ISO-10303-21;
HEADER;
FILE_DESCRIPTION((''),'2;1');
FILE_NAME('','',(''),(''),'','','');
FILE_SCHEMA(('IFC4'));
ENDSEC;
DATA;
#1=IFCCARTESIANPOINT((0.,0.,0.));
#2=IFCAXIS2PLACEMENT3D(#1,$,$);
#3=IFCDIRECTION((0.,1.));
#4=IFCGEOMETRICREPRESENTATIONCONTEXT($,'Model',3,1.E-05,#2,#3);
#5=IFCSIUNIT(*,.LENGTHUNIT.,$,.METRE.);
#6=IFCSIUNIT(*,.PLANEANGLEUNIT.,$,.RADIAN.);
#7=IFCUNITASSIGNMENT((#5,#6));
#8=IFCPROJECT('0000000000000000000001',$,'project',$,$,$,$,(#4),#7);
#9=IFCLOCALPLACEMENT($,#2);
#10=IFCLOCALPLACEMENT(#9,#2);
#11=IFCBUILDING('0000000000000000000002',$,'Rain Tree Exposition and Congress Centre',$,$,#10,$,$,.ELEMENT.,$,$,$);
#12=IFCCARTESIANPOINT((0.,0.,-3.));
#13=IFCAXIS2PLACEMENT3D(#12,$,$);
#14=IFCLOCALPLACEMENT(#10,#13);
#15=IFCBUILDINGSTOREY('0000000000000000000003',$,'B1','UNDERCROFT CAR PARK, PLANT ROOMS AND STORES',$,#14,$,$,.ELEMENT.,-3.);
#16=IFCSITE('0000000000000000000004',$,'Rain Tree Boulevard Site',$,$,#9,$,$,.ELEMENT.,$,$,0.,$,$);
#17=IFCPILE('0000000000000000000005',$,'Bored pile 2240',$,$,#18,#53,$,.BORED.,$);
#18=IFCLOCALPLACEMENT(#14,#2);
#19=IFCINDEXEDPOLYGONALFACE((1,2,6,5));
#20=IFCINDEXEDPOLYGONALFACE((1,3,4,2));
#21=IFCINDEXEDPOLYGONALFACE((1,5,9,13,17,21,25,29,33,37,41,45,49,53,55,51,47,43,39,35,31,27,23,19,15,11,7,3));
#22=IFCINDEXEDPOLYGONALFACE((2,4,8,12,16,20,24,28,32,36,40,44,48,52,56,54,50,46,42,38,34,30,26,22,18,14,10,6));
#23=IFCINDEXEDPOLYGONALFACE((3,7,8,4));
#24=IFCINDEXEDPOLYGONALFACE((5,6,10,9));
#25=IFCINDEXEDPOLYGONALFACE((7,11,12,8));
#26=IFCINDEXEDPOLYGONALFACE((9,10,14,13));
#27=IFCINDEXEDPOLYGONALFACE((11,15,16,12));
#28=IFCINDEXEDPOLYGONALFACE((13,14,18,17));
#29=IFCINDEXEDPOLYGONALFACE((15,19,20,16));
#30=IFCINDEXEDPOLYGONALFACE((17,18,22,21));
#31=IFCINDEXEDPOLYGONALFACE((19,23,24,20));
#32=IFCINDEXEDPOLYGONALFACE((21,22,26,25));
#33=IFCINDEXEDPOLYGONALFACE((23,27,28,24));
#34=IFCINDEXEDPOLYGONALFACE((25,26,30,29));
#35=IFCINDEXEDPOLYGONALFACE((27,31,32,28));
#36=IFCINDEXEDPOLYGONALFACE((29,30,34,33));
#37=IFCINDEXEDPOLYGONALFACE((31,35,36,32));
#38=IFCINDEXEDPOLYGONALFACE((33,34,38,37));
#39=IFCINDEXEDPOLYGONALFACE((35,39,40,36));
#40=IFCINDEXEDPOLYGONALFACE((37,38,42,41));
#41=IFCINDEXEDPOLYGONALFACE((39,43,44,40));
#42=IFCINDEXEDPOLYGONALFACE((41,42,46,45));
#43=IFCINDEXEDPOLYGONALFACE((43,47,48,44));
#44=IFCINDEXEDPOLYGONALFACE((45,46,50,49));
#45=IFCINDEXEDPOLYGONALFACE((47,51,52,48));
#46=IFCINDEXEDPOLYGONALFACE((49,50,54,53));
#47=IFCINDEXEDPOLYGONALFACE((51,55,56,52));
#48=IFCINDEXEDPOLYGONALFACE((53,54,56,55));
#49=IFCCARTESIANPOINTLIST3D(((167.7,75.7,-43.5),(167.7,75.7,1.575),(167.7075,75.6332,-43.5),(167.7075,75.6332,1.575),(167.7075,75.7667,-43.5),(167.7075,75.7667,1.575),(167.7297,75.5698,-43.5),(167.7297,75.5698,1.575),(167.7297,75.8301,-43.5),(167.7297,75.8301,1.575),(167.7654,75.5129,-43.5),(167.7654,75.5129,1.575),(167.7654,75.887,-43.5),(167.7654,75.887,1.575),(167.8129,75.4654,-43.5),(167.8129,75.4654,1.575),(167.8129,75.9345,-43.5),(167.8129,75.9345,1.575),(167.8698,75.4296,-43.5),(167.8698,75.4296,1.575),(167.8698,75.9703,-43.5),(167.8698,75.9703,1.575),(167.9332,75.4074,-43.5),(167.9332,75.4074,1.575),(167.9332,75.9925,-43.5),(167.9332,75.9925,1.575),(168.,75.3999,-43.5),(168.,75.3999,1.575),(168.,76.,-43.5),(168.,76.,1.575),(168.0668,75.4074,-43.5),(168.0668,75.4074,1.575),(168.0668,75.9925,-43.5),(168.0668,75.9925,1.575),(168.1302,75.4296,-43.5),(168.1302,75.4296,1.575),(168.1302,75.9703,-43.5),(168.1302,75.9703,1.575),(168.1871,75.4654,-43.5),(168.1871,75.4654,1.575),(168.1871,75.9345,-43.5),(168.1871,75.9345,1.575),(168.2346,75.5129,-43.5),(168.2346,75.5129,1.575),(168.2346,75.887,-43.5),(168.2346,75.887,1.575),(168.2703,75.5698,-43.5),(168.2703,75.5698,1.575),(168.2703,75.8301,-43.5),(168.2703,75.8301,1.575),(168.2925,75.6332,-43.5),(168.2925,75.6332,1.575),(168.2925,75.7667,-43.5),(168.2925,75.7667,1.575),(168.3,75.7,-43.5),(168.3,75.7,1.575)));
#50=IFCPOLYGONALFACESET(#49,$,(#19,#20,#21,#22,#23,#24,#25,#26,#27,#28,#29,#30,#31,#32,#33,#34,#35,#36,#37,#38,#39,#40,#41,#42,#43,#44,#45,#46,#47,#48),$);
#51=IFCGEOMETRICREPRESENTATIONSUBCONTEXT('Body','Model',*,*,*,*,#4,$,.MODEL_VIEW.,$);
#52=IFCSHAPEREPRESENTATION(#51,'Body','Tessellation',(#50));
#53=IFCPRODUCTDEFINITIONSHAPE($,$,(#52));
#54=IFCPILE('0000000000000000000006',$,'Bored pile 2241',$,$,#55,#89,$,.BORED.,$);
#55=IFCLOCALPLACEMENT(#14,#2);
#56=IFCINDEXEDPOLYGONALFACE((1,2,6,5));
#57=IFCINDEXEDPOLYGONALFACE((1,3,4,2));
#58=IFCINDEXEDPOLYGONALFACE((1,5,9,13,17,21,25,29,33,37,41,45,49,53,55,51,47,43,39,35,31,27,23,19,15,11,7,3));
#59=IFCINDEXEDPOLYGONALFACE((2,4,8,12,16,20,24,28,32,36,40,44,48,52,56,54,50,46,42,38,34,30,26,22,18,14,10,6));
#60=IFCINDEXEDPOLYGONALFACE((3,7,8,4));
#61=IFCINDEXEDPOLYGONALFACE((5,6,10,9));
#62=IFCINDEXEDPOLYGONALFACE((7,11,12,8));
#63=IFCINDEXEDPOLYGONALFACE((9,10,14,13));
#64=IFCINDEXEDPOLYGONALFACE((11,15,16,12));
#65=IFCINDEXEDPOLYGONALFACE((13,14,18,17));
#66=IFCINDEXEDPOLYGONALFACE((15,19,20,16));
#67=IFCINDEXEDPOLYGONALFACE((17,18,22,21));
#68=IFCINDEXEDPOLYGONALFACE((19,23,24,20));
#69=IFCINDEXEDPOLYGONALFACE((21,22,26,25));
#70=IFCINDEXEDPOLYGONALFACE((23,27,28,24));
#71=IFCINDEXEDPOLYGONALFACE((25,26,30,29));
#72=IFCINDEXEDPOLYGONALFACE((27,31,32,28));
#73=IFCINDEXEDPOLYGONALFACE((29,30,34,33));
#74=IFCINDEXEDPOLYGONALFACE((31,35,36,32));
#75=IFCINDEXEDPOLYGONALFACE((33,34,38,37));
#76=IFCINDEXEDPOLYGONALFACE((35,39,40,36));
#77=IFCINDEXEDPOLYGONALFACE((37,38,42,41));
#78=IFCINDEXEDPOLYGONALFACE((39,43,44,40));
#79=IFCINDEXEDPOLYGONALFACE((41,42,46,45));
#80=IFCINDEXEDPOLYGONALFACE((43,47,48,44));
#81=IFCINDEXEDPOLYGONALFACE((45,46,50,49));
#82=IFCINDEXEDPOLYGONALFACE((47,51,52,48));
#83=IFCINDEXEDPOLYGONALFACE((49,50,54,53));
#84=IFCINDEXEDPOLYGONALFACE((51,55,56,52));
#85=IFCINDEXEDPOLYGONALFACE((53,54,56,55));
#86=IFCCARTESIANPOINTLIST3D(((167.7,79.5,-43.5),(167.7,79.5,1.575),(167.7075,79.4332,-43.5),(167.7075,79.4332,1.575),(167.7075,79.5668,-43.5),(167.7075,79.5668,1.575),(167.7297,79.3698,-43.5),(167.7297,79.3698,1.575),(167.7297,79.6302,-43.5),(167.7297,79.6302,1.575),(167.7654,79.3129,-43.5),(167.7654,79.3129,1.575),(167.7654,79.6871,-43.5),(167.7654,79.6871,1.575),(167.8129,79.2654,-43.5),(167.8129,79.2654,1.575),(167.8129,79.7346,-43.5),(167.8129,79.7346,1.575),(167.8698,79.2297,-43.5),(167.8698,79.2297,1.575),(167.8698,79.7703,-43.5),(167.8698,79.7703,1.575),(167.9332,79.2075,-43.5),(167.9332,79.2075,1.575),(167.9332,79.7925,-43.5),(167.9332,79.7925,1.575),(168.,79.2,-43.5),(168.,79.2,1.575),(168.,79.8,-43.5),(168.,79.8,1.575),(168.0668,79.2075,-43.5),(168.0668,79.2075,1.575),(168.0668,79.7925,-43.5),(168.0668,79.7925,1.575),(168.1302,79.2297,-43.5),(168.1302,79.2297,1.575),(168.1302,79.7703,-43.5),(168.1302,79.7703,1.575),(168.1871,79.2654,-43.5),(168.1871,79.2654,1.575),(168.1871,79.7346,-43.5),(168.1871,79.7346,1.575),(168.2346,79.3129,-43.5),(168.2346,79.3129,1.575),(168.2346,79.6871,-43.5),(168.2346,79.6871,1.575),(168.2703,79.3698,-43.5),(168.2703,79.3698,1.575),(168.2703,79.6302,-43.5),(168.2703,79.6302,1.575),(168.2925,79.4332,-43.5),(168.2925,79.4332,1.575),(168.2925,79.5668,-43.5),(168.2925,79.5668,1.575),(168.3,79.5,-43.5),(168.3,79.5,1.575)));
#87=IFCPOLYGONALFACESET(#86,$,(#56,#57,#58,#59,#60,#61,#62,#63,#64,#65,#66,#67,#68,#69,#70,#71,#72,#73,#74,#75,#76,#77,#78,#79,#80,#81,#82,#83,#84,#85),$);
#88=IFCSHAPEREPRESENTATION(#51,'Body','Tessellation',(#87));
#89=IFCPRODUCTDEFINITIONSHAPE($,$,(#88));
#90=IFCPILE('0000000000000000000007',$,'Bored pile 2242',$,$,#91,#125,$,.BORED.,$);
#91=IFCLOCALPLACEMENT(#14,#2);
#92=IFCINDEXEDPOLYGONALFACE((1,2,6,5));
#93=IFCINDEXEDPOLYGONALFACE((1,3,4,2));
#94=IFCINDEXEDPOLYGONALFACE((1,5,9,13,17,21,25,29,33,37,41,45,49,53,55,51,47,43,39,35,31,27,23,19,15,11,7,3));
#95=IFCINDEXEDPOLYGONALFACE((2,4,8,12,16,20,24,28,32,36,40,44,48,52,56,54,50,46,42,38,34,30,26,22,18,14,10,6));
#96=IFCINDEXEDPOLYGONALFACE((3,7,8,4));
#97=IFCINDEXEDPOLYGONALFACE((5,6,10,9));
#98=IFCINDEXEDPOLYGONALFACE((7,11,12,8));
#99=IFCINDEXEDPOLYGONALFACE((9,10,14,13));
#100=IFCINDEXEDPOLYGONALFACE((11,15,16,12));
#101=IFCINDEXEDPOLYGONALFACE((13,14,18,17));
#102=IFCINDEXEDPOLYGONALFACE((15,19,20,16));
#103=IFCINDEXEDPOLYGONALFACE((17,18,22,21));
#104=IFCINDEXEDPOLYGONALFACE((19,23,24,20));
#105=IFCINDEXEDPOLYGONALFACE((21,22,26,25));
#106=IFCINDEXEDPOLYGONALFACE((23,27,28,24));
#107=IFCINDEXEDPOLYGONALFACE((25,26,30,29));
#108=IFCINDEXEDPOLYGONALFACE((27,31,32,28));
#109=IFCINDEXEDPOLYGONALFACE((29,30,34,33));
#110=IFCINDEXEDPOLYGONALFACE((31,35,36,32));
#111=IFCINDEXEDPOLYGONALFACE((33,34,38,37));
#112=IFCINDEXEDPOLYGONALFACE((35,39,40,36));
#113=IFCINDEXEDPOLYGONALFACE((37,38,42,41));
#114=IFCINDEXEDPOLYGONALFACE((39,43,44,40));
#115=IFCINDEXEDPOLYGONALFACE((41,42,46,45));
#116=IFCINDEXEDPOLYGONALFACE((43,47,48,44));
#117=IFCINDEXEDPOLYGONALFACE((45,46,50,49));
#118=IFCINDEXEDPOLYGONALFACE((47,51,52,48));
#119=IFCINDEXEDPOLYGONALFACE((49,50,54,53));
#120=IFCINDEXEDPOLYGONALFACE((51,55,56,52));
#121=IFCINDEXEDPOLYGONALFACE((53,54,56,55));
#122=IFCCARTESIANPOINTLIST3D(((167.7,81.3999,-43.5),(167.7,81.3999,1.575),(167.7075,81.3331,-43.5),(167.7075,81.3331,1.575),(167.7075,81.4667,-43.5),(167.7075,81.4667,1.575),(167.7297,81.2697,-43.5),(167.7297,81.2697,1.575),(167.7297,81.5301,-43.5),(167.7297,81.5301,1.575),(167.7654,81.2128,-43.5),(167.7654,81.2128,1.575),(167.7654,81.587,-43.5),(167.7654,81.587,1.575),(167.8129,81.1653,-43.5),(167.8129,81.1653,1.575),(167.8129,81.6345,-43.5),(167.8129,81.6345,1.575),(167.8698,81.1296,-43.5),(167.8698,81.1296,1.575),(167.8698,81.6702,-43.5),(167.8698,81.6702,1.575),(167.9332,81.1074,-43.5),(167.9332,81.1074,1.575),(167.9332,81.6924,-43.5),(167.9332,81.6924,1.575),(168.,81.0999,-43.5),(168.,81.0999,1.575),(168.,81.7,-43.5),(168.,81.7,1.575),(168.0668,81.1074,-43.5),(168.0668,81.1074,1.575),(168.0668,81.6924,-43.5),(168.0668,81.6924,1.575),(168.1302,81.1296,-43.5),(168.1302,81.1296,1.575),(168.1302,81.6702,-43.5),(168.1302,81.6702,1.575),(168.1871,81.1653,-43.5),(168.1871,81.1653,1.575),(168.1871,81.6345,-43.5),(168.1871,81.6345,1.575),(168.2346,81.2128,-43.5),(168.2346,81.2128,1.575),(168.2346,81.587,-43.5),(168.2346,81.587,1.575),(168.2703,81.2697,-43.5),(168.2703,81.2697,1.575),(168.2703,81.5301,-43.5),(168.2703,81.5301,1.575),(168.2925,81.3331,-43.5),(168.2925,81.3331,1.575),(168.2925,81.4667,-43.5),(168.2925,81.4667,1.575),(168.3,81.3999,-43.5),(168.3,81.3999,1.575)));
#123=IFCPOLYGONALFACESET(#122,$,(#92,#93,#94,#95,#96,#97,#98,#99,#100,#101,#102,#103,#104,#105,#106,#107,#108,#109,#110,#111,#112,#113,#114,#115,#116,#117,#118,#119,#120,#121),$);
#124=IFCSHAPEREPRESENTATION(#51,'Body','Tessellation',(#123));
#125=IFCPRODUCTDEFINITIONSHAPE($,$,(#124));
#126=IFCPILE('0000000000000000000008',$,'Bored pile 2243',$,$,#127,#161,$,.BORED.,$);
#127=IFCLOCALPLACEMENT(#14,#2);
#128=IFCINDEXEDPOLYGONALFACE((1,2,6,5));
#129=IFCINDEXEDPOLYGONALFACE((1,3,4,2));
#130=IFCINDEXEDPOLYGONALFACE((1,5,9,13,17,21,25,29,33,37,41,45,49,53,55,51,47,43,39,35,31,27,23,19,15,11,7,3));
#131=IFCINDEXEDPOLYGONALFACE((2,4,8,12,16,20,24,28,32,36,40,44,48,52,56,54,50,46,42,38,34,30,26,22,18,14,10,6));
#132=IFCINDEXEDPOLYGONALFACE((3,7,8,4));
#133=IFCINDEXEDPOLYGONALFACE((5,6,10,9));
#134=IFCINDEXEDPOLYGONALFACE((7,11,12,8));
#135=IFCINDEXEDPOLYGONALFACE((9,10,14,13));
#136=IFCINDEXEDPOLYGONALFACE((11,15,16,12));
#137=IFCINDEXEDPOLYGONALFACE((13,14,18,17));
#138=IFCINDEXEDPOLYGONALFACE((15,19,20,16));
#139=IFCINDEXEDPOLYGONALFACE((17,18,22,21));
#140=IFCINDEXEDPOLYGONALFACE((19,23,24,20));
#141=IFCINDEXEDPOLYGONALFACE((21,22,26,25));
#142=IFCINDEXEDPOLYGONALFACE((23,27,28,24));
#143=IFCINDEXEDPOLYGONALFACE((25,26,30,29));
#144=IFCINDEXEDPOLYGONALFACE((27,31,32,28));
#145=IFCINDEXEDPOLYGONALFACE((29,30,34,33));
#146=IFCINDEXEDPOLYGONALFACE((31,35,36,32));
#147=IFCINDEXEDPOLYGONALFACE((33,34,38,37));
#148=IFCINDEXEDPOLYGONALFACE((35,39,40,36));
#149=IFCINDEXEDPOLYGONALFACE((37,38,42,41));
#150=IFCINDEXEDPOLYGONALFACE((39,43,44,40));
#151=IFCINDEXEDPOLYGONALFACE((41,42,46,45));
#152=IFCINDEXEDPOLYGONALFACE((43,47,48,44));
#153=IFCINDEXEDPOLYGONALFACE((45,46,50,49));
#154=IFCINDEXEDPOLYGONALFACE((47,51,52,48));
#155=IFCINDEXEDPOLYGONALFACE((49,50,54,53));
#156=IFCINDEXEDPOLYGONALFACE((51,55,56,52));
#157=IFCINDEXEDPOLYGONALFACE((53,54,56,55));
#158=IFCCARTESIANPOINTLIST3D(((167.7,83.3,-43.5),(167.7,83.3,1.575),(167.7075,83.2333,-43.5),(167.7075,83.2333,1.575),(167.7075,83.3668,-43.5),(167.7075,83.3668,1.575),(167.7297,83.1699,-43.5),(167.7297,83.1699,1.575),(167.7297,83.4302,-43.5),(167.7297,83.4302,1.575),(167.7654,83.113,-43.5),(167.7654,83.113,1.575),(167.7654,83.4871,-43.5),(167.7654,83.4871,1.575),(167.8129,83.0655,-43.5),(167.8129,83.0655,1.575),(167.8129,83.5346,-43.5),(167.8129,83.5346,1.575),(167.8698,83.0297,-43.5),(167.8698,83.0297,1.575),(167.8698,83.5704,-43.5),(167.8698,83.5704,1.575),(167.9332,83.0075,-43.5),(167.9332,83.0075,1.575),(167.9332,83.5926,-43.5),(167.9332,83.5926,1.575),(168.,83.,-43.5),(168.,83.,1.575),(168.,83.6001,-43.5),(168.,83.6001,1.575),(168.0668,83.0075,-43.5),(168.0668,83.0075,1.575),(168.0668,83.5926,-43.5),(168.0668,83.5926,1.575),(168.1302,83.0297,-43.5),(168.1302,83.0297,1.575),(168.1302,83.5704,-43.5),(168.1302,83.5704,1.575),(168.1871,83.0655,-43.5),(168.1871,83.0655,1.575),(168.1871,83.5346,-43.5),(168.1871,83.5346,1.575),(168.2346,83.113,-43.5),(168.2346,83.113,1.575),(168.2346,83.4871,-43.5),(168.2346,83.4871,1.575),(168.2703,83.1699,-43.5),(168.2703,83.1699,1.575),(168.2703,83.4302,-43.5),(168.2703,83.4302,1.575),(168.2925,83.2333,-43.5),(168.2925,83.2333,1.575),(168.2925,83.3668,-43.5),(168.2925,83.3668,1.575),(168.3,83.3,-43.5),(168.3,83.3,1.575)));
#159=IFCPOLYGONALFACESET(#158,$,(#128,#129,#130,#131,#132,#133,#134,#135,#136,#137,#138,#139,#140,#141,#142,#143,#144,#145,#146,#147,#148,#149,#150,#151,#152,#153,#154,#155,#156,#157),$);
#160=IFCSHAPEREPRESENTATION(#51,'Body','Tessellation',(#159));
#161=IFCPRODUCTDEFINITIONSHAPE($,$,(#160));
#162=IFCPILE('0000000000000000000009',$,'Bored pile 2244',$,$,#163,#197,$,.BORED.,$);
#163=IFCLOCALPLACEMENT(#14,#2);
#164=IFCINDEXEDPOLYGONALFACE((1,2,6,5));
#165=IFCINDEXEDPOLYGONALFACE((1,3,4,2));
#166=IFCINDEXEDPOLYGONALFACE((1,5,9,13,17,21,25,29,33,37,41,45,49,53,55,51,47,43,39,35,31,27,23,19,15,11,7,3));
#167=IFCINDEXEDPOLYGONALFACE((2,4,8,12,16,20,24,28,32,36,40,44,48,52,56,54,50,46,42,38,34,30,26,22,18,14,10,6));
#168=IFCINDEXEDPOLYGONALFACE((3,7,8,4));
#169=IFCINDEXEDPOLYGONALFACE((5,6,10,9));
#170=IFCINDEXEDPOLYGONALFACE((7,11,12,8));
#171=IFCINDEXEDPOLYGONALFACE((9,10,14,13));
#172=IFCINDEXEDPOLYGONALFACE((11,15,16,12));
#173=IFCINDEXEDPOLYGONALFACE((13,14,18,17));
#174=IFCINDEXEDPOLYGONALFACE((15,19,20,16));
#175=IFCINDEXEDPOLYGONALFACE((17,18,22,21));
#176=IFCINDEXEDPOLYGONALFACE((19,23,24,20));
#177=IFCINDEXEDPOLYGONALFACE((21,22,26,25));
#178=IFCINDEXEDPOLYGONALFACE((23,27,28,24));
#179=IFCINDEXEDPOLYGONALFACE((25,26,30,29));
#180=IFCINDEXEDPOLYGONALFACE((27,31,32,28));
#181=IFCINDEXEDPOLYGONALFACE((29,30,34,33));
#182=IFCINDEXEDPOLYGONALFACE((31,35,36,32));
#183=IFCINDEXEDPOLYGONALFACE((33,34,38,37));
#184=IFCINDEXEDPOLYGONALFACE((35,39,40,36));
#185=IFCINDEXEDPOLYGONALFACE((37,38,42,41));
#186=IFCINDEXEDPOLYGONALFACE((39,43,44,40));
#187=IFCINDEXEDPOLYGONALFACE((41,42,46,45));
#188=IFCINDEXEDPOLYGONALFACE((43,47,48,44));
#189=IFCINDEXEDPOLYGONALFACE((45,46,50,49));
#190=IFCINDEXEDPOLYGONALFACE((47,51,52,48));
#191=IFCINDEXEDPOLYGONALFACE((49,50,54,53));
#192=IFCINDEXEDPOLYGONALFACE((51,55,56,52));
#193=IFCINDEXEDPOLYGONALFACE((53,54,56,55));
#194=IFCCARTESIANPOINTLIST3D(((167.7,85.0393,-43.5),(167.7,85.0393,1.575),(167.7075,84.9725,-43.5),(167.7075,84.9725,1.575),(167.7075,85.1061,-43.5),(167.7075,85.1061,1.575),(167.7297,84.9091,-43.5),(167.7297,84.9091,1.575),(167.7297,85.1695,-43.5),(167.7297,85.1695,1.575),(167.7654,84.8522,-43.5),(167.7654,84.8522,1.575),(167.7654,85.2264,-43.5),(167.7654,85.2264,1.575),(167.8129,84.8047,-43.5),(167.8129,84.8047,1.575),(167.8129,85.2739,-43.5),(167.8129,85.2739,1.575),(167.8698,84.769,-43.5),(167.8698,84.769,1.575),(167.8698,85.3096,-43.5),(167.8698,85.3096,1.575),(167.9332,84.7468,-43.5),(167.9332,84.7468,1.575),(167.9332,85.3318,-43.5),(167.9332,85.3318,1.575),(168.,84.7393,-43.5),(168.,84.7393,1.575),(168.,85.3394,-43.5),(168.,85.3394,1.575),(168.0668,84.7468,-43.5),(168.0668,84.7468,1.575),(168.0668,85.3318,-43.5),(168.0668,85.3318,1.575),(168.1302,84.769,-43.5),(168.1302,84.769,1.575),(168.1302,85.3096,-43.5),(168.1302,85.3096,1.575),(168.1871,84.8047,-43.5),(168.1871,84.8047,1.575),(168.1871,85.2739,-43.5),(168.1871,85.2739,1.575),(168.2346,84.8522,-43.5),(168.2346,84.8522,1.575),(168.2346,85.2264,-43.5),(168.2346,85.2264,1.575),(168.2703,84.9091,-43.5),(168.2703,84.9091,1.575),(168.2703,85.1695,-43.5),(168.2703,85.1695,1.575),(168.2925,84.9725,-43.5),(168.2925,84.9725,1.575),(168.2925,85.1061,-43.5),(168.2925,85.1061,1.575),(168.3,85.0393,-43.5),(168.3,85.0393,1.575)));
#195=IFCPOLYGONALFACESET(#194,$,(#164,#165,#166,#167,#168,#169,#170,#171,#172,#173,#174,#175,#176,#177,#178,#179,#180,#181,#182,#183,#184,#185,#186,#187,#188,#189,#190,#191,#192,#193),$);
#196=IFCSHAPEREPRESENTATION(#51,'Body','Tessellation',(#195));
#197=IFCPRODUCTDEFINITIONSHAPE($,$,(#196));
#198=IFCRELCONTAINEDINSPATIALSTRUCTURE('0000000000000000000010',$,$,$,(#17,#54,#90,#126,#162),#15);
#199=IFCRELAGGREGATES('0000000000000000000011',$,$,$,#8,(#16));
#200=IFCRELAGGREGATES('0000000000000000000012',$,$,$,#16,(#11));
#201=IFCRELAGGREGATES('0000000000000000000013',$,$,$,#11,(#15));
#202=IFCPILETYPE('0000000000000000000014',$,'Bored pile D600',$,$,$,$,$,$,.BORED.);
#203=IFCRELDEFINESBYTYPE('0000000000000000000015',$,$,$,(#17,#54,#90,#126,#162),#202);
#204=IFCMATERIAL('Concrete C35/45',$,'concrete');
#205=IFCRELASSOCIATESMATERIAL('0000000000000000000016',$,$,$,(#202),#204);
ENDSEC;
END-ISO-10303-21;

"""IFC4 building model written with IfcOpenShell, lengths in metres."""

from ifc_helpers import new_model, si_unit, direction, frame, origin, origin_2d, place, context, subcontext, project, spatial, circle, extrude, material, material_profile, profile_set, type_object, element, save


model = new_model("IFC4")

# Units and contexts
model_context = context("Model", 3, precision=1e-05, world=origin(), true_north=direction((0.0, 1.0)))
body_context = subcontext(model_context, "Body", "Model", "MODEL_VIEW")
ifc_project = project(units=[si_unit("LENGTHUNIT", "METRE"), si_unit("PLANEANGLEUNIT", "RADIAN")], contexts=[model_context])

# Site, building, storey
site_placement = place(None, origin())
site = spatial("IfcSite", under=ifc_project, at=site_placement, Name="Rain Tree Boulevard Site", CompositionType="ELEMENT", RefElevation=0.0)
building_placement = place(site_placement, origin())
building = spatial("IfcBuilding", under=site, at=building_placement, Name="Rain Tree Exposition and Congress Centre", CompositionType="ELEMENT")
storey_placement = place(building_placement, frame((0.0, 0.0, -3.0)))
storey = spatial("IfcBuildingStorey", under=building, at=storey_placement, Name="B1", Description="UNDERCROFT CAR PARK, PLANT ROOMS AND STORES", CompositionType="ELEMENT", Elevation=-3.0)

# Piles
ifc_material_1 = material(Name="Concrete C35/45", Category="concrete")
ifc_material_profile_1 = material_profile(ifc_material_1, circle(Radius=0.3, at=origin_2d()), Name="D600")
ifc_profile_set_1 = profile_set([ifc_material_profile_1], Name="Concrete C35/45")
pile_type_1 = type_object("IfcPileType", Name="Bored pile D600", PredefinedType="BORED", material=ifc_profile_set_1)
for number, where, z_axis, x_axis, name in (
    (1, (168.0, 75.7, 1.575), (0.0, 0.0, -1.0), (1.0, 0.0, 0.0), "Bored pile 2240"),
    (2, (168.0, 79.5, 1.575), (0.0, 0.0, -1.0), (1.0, 0.0, 0.0), "Bored pile 2241"),
    (3, (168.0, 81.3999, 1.575), (0.0, 0.0, -1.0), (1.0, 0.0, 0.0), "Bored pile 2242"),
    (4, (168.0, 83.3, 1.575), (0.0, 0.0, -1.0), (1.0, 0.0, 0.0), "Bored pile 2243"),
    (5, (168.0, 85.0393, 1.575), (0.0, 0.0, -1.0), (1.0, 0.0, 0.0), "Bored pile 2244"),
):
    element("IfcPile", number, at=place(storey_placement, frame(where, z_axis=z_axis, x_axis=x_axis)), inside=storey, type_object=pile_type_1, Name=name, PredefinedType="BORED", context=body_context, shape_type="SweptSolid", body=[
        extrude(circle(Radius=0.3, at=origin_2d()), origin(), (0.0, 0.0, 1.0), 45.075),
    ])

save(model, "model.ifc")
